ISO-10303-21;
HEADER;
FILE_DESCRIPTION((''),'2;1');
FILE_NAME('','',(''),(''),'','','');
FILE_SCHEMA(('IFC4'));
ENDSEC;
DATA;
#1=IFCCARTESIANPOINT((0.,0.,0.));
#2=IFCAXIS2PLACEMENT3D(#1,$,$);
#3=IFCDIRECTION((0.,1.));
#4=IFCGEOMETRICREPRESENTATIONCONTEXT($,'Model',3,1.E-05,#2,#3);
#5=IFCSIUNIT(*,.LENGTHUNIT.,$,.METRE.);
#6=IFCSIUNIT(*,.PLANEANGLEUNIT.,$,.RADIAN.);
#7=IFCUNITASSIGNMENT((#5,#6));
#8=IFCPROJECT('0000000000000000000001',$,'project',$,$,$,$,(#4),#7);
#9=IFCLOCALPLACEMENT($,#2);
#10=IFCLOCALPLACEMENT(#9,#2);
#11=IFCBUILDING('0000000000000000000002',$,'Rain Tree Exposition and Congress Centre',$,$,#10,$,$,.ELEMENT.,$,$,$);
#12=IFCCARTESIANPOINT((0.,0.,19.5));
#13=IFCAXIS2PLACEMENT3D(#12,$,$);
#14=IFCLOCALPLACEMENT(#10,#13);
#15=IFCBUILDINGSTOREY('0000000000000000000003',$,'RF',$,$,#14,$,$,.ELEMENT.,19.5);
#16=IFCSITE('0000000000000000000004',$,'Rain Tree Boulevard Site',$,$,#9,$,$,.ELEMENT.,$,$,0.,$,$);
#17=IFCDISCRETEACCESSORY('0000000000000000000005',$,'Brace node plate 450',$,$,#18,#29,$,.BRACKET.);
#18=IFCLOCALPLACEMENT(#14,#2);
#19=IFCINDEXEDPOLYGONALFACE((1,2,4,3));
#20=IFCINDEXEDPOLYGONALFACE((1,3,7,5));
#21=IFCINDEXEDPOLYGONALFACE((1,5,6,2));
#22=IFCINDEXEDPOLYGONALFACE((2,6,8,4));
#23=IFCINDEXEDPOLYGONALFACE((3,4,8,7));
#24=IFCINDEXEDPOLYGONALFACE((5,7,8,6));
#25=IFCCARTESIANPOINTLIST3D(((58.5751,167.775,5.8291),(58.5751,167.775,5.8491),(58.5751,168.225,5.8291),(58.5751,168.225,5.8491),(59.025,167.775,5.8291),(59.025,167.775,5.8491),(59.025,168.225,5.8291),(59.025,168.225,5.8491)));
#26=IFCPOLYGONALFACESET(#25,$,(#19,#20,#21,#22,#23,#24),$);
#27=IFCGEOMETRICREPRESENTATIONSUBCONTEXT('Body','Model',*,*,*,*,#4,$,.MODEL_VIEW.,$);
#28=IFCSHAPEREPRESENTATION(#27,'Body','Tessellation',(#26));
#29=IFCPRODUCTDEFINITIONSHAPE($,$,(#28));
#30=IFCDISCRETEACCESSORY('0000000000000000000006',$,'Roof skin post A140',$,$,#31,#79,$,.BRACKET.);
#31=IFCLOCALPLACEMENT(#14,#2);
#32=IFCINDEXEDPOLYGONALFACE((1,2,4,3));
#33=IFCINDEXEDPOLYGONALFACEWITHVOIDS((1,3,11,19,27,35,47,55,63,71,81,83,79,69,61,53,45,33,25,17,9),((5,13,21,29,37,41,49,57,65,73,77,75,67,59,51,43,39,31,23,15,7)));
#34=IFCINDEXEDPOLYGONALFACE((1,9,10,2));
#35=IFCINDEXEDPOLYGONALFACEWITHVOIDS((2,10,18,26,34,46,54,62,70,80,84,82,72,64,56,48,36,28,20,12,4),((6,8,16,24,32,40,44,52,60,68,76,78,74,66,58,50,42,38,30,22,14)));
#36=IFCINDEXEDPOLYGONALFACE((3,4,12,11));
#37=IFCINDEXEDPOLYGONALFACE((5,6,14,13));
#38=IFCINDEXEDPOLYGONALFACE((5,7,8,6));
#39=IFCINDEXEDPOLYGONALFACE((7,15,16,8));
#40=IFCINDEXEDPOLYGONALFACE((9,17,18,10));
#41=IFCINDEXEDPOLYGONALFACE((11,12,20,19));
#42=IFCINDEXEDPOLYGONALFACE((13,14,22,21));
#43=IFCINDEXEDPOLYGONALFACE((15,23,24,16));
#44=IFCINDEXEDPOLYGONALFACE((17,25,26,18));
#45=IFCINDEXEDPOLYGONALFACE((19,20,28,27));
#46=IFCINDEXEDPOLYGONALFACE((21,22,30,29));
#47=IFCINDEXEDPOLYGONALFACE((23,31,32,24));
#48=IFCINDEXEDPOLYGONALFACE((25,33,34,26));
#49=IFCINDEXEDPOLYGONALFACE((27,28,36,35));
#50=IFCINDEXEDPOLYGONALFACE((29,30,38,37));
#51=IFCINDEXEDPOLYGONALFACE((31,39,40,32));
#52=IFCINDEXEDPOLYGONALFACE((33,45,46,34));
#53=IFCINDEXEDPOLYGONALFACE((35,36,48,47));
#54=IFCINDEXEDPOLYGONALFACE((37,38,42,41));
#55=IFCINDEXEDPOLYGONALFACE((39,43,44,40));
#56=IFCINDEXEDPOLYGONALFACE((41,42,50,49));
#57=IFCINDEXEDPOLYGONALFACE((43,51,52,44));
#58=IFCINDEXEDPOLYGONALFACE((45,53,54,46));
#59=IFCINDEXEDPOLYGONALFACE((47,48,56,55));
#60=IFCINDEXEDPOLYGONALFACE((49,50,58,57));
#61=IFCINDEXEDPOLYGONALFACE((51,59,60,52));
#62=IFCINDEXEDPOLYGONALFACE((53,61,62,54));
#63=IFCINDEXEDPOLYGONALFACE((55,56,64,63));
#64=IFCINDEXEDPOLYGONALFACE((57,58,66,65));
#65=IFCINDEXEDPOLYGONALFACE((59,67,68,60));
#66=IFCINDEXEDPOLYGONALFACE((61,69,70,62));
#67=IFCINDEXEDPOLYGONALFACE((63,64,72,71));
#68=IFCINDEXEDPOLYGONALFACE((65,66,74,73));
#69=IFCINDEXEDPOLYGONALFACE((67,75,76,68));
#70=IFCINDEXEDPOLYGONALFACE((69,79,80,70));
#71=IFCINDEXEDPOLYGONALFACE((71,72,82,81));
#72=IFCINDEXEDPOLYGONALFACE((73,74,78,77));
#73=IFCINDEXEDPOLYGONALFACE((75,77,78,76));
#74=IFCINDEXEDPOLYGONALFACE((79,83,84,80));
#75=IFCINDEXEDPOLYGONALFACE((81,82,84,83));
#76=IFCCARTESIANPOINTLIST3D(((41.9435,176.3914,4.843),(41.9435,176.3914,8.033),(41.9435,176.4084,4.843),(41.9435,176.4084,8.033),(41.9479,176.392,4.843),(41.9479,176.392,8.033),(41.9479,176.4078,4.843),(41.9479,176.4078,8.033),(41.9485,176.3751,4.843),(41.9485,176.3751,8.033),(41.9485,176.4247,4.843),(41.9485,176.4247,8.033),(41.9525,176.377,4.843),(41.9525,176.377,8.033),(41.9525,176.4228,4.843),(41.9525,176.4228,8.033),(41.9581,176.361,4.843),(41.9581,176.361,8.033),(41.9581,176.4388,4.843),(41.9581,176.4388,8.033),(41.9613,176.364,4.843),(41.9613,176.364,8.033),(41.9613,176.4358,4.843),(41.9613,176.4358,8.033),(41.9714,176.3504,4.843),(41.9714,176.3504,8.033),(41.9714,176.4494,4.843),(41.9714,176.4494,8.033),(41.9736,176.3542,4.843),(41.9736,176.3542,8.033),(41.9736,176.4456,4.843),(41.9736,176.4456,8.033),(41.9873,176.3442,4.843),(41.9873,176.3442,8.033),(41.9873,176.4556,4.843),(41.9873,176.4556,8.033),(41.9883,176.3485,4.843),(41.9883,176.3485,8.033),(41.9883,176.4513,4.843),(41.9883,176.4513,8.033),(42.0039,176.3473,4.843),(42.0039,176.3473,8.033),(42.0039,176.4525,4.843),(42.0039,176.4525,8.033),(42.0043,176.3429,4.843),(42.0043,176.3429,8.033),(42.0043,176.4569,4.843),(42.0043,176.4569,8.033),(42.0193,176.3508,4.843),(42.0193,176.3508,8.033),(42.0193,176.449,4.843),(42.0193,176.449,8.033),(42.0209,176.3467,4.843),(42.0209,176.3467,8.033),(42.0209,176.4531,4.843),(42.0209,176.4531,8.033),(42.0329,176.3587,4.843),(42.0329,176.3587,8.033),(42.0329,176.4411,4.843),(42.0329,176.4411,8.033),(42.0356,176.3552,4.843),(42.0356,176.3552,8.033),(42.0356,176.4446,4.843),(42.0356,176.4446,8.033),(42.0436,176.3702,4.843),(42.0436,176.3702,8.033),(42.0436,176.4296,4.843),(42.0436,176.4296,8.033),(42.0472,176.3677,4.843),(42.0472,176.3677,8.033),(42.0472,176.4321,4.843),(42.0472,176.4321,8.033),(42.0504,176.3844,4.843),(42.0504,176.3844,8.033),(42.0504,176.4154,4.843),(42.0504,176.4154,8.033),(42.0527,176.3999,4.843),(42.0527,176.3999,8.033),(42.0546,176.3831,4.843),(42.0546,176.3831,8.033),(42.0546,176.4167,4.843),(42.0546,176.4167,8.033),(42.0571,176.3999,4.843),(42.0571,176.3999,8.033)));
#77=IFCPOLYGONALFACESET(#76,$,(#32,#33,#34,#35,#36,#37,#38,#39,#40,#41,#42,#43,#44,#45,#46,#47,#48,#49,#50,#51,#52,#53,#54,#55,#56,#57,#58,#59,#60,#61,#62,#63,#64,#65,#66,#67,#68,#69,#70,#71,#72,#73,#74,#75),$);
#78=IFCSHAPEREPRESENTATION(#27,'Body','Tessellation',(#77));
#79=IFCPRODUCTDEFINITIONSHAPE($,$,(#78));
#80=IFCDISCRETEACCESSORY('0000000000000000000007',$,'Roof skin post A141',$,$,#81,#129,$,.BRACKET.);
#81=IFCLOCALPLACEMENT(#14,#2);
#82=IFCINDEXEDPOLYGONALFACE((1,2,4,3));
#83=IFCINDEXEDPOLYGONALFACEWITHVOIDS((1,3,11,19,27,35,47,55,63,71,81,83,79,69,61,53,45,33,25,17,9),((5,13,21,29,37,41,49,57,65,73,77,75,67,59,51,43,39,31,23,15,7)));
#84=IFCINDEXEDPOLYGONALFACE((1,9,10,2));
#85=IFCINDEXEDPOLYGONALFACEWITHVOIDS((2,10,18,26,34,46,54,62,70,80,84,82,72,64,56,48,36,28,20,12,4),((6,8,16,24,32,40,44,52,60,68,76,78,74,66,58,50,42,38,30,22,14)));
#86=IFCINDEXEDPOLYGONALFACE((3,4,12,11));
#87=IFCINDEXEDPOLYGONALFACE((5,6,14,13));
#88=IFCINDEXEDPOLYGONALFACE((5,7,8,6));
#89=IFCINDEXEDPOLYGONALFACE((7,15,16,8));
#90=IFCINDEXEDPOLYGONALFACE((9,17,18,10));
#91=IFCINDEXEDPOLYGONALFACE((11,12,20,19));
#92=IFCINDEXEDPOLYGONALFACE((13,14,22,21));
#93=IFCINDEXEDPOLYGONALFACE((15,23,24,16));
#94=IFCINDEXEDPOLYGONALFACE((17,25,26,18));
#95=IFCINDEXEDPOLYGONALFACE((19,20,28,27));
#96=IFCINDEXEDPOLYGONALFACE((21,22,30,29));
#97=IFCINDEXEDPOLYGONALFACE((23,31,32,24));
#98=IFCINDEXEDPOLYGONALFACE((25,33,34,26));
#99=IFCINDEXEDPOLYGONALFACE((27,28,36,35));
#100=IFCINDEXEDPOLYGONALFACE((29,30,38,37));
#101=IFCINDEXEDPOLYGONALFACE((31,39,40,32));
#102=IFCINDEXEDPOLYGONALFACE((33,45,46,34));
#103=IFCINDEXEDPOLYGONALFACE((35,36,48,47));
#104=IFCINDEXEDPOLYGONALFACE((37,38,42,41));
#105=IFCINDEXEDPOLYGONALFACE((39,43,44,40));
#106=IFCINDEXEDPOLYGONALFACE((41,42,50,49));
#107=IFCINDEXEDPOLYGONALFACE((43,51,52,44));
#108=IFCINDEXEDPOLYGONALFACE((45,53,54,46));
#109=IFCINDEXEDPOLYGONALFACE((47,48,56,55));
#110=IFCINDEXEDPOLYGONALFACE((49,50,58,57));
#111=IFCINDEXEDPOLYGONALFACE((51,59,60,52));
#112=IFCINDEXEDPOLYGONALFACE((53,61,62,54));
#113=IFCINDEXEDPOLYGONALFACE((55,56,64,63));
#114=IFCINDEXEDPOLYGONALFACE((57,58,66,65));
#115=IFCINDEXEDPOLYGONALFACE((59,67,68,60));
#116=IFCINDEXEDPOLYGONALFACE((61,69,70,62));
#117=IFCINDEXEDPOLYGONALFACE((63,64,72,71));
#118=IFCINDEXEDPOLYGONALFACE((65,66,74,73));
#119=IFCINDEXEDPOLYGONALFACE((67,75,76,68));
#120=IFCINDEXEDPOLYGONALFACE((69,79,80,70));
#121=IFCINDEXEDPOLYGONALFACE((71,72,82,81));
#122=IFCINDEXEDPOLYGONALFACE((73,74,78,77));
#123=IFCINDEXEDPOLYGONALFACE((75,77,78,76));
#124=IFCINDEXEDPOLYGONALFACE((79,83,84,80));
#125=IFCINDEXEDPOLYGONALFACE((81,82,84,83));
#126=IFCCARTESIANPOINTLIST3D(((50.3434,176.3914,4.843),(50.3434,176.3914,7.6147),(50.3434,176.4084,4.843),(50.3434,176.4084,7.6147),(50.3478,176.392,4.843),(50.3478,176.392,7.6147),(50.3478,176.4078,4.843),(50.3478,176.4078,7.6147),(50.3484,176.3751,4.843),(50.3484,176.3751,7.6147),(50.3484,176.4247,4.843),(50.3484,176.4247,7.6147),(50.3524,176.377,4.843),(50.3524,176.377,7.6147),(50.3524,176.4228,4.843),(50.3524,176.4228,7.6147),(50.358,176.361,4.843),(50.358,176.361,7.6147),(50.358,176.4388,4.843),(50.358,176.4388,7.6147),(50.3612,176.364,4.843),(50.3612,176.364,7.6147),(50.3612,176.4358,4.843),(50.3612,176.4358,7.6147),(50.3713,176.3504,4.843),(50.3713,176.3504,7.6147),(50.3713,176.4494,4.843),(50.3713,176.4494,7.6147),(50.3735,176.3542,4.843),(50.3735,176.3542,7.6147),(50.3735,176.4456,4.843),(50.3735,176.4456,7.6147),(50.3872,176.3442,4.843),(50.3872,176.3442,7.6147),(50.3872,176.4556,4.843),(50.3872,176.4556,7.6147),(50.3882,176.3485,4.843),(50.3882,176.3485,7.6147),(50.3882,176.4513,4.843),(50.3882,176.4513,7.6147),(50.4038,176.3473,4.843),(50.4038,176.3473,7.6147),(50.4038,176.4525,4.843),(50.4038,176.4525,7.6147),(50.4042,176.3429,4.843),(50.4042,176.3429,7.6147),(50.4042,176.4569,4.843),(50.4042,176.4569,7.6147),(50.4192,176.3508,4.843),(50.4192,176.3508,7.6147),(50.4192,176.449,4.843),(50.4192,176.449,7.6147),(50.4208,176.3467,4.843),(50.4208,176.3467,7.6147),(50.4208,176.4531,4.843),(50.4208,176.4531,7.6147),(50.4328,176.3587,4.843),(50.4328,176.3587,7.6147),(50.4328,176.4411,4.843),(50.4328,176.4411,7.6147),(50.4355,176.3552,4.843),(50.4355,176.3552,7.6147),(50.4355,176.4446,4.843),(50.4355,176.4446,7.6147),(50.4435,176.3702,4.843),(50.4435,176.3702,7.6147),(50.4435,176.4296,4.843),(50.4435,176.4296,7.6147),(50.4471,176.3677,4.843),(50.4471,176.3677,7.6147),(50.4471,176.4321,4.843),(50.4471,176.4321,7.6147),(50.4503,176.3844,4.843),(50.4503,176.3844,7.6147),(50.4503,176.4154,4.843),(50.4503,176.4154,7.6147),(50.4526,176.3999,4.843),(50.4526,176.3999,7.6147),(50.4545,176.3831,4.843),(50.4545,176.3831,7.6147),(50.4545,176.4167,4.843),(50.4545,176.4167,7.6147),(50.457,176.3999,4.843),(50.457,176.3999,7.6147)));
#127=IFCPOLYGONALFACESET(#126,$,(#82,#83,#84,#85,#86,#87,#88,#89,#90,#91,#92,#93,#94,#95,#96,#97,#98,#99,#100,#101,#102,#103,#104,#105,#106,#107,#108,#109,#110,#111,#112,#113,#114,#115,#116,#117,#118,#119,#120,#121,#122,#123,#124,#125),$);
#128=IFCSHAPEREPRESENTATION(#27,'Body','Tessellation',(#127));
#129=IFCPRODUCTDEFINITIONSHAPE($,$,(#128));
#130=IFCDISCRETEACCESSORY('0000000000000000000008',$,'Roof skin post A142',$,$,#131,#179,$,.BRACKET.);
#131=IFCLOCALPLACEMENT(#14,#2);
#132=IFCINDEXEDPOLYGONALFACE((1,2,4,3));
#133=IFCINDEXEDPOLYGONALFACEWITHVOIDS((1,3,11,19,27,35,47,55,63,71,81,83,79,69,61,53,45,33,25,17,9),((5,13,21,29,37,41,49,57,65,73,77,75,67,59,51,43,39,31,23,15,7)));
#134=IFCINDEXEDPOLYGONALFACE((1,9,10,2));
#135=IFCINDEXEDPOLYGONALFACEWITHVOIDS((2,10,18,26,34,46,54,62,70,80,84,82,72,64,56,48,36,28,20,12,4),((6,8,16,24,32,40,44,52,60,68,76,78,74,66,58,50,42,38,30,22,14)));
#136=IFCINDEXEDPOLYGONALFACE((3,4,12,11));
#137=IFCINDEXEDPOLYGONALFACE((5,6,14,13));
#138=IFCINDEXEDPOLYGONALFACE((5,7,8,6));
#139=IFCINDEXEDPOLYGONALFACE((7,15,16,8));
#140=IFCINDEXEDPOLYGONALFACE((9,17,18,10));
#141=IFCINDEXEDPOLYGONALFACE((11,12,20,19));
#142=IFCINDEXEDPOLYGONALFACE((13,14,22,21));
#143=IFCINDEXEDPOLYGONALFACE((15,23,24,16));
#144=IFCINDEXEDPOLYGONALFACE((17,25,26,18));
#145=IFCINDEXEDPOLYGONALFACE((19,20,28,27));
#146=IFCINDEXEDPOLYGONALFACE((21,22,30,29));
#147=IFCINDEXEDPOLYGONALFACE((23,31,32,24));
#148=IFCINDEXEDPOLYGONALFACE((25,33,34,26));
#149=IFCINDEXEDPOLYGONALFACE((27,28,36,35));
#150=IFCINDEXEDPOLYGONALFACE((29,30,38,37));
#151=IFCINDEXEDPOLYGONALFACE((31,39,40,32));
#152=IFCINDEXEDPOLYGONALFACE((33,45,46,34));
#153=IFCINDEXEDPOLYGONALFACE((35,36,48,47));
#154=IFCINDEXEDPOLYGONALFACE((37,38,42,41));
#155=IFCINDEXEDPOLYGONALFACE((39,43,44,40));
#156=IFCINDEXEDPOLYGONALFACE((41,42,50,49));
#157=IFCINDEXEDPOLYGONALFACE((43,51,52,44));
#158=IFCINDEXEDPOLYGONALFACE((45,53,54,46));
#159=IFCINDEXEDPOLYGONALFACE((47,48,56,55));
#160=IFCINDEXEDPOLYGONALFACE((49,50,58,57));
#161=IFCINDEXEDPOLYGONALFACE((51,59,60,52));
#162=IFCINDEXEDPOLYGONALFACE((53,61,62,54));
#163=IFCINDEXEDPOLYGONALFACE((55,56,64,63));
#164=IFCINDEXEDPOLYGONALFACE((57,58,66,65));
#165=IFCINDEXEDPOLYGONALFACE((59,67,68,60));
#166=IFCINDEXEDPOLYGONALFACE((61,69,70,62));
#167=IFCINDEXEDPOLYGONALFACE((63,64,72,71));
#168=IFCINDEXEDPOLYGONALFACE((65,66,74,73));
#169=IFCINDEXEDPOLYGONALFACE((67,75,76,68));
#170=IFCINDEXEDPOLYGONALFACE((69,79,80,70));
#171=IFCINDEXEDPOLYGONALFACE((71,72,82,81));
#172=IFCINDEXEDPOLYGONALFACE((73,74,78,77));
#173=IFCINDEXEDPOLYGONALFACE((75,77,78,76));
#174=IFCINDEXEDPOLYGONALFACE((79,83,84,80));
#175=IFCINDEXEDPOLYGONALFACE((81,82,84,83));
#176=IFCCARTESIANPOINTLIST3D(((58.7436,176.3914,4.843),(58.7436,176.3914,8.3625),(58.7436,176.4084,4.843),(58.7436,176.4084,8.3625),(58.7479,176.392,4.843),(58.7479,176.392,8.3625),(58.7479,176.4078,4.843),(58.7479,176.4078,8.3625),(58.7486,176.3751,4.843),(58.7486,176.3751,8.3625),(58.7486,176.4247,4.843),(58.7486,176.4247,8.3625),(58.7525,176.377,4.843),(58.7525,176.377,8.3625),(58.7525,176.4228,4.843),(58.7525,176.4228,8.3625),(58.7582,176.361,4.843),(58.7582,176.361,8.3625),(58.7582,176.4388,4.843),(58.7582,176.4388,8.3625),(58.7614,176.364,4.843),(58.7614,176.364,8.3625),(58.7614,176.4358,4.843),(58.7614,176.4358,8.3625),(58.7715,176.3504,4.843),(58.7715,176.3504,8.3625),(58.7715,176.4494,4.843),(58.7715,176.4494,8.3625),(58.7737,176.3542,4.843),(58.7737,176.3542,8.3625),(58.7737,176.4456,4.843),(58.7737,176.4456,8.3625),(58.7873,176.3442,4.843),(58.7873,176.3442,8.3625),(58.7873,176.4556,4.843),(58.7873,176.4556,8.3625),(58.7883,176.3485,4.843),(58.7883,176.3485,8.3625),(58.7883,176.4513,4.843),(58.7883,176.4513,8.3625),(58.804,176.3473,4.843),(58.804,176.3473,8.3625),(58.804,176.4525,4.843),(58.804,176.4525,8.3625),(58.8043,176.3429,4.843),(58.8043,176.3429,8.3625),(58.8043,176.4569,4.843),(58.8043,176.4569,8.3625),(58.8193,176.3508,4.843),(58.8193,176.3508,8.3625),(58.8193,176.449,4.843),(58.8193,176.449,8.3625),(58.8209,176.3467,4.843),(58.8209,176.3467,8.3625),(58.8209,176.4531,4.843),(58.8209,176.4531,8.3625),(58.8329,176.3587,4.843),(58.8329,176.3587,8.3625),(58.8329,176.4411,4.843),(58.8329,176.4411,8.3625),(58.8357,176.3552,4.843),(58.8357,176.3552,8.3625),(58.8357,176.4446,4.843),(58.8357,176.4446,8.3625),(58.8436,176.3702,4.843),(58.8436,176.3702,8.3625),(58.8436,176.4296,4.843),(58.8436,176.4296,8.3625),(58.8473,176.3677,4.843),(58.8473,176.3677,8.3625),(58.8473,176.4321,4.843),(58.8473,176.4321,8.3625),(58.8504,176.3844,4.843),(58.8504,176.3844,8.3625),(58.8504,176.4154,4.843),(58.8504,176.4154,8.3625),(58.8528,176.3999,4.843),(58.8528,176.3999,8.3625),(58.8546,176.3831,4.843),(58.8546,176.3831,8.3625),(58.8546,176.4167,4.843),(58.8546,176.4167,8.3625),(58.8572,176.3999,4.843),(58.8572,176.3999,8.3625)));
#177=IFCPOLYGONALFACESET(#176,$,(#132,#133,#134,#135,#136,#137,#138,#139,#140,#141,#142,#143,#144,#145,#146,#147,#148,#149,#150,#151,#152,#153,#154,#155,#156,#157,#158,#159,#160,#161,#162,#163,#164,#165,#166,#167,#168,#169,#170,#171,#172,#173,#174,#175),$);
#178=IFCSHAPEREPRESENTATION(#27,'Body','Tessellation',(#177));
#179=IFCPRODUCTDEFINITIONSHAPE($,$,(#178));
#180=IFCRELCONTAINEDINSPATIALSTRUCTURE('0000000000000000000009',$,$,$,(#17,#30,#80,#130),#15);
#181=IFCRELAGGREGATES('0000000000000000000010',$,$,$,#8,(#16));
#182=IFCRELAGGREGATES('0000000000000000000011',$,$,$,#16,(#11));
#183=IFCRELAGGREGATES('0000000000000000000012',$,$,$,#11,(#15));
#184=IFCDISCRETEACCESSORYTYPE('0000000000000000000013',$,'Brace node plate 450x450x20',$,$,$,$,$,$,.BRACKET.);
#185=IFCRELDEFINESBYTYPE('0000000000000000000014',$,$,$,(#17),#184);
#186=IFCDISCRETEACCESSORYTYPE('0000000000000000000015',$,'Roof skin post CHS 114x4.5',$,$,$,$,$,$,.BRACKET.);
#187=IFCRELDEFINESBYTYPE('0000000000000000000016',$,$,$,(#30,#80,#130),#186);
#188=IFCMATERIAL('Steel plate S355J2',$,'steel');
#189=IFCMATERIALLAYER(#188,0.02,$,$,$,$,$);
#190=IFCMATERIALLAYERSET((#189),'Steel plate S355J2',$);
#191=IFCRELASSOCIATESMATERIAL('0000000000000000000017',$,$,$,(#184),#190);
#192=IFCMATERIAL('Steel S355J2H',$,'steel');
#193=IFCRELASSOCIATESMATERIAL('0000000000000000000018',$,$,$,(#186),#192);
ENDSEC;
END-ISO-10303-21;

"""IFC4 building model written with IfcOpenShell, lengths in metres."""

from ifc_helpers import new_model, si_unit, direction, frame, origin, origin_2d, place, context, subcontext, project, spatial, rectangle, hollow_circle, extrude, material, layer, layer_set, material_profile, profile_set, type_object, element, save


model = new_model("IFC4")

# Units and contexts
model_context = context("Model", 3, precision=1e-05, world=origin(), true_north=direction((0.0, 1.0)))
body_context = subcontext(model_context, "Body", "Model", "MODEL_VIEW")
ifc_project = project(units=[si_unit("LENGTHUNIT", "METRE"), si_unit("PLANEANGLEUNIT", "RADIAN")], contexts=[model_context])

# Site, building, storey
site_placement = place(None, origin())
site = spatial("IfcSite", under=ifc_project, at=site_placement, Name="Rain Tree Boulevard Site", CompositionType="ELEMENT", RefElevation=0.0)
building_placement = place(site_placement, origin())
building = spatial("IfcBuilding", under=site, at=building_placement, Name="Rain Tree Exposition and Congress Centre", CompositionType="ELEMENT")
storey_placement = place(building_placement, frame((0.0, 0.0, 19.5)))
storey = spatial("IfcBuildingStorey", under=building, at=storey_placement, Name="RF", CompositionType="ELEMENT", Elevation=19.5)

# Discrete accessories
ifc_material_1 = material(Name="Steel plate S355J2", Category="steel")
ifc_layer_1 = layer(ifc_material_1, 0.02)
ifc_layer_set_1 = layer_set([ifc_layer_1], Name="Steel plate S355J2")
discrete_accessory_type_1 = type_object("IfcDiscreteAccessoryType", Name="Brace node plate 450x450x20", PredefinedType="BRACKET", material=ifc_layer_set_1)
for number, where, z_axis, x_axis, name in (
    (1, (58.8, 168.0, 5.8291), (0.0, 0.0, 1.0), (1.0, 0.0, 0.0), "Brace node plate 450"),
):
    element("IfcDiscreteAccessory", number, at=place(storey_placement, frame(where, z_axis=z_axis, x_axis=x_axis)), inside=storey, type_object=discrete_accessory_type_1, Name=name, PredefinedType="BRACKET", context=body_context, shape_type="SweptSolid", body=[
        extrude(rectangle(XDim=0.45, YDim=0.45, at=origin_2d()), origin(), (0.0, 0.0, 1.0), 0.02),
    ])
ifc_material_2 = material(Name="Steel S355J2H", Category="steel")
ifc_material_profile_1 = material_profile(ifc_material_2, hollow_circle(Radius=0.0571, WallThickness=0.0044, at=origin_2d()), Name="CHS 114x4.5")
ifc_profile_set_1 = profile_set([ifc_material_profile_1], Name="Steel S355J2H")
discrete_accessory_type_2 = type_object("IfcDiscreteAccessoryType", Name="Roof skin post CHS 114x4.5", PredefinedType="BRACKET", material=ifc_profile_set_1)
discrete_accessory_1_placement = place(storey_placement, frame((42.0, 176.3999, 4.843), z_axis=(0.0, 0.0, 1.0), x_axis=(1.0, 0.0, 0.0)))
element("IfcDiscreteAccessory", 2, at=discrete_accessory_1_placement, inside=storey, type_object=discrete_accessory_type_2, Name="Roof skin post A140", PredefinedType="BRACKET", context=body_context, shape_type="SweptSolid", body=[
    extrude(hollow_circle(Radius=0.0571, WallThickness=0.0044, at=origin_2d()), origin(), (0.0, 0.0, 1.0), 3.1899),
])
discrete_accessory_2_placement = place(storey_placement, frame((50.3999, 176.3999, 4.843), z_axis=(0.0, 0.0, 1.0), x_axis=(1.0, 0.0, 0.0)))
element("IfcDiscreteAccessory", 3, at=discrete_accessory_2_placement, inside=storey, type_object=discrete_accessory_type_2, Name="Roof skin post A141", PredefinedType="BRACKET", context=body_context, shape_type="SweptSolid", body=[
    extrude(hollow_circle(Radius=0.0571, WallThickness=0.0044, at=origin_2d()), origin(), (0.0, 0.0, 1.0), 2.7717),
])
discrete_accessory_3_placement = place(storey_placement, frame((58.8, 176.3999, 4.843), z_axis=(0.0, 0.0, 1.0), x_axis=(1.0, 0.0, 0.0)))
element("IfcDiscreteAccessory", 4, at=discrete_accessory_3_placement, inside=storey, type_object=discrete_accessory_type_2, Name="Roof skin post A142", PredefinedType="BRACKET", context=body_context, shape_type="SweptSolid", body=[
    extrude(hollow_circle(Radius=0.0571, WallThickness=0.0044, at=origin_2d()), origin(), (0.0, 0.0, 1.0), 3.5195),
])

save(model, "model.ifc")
